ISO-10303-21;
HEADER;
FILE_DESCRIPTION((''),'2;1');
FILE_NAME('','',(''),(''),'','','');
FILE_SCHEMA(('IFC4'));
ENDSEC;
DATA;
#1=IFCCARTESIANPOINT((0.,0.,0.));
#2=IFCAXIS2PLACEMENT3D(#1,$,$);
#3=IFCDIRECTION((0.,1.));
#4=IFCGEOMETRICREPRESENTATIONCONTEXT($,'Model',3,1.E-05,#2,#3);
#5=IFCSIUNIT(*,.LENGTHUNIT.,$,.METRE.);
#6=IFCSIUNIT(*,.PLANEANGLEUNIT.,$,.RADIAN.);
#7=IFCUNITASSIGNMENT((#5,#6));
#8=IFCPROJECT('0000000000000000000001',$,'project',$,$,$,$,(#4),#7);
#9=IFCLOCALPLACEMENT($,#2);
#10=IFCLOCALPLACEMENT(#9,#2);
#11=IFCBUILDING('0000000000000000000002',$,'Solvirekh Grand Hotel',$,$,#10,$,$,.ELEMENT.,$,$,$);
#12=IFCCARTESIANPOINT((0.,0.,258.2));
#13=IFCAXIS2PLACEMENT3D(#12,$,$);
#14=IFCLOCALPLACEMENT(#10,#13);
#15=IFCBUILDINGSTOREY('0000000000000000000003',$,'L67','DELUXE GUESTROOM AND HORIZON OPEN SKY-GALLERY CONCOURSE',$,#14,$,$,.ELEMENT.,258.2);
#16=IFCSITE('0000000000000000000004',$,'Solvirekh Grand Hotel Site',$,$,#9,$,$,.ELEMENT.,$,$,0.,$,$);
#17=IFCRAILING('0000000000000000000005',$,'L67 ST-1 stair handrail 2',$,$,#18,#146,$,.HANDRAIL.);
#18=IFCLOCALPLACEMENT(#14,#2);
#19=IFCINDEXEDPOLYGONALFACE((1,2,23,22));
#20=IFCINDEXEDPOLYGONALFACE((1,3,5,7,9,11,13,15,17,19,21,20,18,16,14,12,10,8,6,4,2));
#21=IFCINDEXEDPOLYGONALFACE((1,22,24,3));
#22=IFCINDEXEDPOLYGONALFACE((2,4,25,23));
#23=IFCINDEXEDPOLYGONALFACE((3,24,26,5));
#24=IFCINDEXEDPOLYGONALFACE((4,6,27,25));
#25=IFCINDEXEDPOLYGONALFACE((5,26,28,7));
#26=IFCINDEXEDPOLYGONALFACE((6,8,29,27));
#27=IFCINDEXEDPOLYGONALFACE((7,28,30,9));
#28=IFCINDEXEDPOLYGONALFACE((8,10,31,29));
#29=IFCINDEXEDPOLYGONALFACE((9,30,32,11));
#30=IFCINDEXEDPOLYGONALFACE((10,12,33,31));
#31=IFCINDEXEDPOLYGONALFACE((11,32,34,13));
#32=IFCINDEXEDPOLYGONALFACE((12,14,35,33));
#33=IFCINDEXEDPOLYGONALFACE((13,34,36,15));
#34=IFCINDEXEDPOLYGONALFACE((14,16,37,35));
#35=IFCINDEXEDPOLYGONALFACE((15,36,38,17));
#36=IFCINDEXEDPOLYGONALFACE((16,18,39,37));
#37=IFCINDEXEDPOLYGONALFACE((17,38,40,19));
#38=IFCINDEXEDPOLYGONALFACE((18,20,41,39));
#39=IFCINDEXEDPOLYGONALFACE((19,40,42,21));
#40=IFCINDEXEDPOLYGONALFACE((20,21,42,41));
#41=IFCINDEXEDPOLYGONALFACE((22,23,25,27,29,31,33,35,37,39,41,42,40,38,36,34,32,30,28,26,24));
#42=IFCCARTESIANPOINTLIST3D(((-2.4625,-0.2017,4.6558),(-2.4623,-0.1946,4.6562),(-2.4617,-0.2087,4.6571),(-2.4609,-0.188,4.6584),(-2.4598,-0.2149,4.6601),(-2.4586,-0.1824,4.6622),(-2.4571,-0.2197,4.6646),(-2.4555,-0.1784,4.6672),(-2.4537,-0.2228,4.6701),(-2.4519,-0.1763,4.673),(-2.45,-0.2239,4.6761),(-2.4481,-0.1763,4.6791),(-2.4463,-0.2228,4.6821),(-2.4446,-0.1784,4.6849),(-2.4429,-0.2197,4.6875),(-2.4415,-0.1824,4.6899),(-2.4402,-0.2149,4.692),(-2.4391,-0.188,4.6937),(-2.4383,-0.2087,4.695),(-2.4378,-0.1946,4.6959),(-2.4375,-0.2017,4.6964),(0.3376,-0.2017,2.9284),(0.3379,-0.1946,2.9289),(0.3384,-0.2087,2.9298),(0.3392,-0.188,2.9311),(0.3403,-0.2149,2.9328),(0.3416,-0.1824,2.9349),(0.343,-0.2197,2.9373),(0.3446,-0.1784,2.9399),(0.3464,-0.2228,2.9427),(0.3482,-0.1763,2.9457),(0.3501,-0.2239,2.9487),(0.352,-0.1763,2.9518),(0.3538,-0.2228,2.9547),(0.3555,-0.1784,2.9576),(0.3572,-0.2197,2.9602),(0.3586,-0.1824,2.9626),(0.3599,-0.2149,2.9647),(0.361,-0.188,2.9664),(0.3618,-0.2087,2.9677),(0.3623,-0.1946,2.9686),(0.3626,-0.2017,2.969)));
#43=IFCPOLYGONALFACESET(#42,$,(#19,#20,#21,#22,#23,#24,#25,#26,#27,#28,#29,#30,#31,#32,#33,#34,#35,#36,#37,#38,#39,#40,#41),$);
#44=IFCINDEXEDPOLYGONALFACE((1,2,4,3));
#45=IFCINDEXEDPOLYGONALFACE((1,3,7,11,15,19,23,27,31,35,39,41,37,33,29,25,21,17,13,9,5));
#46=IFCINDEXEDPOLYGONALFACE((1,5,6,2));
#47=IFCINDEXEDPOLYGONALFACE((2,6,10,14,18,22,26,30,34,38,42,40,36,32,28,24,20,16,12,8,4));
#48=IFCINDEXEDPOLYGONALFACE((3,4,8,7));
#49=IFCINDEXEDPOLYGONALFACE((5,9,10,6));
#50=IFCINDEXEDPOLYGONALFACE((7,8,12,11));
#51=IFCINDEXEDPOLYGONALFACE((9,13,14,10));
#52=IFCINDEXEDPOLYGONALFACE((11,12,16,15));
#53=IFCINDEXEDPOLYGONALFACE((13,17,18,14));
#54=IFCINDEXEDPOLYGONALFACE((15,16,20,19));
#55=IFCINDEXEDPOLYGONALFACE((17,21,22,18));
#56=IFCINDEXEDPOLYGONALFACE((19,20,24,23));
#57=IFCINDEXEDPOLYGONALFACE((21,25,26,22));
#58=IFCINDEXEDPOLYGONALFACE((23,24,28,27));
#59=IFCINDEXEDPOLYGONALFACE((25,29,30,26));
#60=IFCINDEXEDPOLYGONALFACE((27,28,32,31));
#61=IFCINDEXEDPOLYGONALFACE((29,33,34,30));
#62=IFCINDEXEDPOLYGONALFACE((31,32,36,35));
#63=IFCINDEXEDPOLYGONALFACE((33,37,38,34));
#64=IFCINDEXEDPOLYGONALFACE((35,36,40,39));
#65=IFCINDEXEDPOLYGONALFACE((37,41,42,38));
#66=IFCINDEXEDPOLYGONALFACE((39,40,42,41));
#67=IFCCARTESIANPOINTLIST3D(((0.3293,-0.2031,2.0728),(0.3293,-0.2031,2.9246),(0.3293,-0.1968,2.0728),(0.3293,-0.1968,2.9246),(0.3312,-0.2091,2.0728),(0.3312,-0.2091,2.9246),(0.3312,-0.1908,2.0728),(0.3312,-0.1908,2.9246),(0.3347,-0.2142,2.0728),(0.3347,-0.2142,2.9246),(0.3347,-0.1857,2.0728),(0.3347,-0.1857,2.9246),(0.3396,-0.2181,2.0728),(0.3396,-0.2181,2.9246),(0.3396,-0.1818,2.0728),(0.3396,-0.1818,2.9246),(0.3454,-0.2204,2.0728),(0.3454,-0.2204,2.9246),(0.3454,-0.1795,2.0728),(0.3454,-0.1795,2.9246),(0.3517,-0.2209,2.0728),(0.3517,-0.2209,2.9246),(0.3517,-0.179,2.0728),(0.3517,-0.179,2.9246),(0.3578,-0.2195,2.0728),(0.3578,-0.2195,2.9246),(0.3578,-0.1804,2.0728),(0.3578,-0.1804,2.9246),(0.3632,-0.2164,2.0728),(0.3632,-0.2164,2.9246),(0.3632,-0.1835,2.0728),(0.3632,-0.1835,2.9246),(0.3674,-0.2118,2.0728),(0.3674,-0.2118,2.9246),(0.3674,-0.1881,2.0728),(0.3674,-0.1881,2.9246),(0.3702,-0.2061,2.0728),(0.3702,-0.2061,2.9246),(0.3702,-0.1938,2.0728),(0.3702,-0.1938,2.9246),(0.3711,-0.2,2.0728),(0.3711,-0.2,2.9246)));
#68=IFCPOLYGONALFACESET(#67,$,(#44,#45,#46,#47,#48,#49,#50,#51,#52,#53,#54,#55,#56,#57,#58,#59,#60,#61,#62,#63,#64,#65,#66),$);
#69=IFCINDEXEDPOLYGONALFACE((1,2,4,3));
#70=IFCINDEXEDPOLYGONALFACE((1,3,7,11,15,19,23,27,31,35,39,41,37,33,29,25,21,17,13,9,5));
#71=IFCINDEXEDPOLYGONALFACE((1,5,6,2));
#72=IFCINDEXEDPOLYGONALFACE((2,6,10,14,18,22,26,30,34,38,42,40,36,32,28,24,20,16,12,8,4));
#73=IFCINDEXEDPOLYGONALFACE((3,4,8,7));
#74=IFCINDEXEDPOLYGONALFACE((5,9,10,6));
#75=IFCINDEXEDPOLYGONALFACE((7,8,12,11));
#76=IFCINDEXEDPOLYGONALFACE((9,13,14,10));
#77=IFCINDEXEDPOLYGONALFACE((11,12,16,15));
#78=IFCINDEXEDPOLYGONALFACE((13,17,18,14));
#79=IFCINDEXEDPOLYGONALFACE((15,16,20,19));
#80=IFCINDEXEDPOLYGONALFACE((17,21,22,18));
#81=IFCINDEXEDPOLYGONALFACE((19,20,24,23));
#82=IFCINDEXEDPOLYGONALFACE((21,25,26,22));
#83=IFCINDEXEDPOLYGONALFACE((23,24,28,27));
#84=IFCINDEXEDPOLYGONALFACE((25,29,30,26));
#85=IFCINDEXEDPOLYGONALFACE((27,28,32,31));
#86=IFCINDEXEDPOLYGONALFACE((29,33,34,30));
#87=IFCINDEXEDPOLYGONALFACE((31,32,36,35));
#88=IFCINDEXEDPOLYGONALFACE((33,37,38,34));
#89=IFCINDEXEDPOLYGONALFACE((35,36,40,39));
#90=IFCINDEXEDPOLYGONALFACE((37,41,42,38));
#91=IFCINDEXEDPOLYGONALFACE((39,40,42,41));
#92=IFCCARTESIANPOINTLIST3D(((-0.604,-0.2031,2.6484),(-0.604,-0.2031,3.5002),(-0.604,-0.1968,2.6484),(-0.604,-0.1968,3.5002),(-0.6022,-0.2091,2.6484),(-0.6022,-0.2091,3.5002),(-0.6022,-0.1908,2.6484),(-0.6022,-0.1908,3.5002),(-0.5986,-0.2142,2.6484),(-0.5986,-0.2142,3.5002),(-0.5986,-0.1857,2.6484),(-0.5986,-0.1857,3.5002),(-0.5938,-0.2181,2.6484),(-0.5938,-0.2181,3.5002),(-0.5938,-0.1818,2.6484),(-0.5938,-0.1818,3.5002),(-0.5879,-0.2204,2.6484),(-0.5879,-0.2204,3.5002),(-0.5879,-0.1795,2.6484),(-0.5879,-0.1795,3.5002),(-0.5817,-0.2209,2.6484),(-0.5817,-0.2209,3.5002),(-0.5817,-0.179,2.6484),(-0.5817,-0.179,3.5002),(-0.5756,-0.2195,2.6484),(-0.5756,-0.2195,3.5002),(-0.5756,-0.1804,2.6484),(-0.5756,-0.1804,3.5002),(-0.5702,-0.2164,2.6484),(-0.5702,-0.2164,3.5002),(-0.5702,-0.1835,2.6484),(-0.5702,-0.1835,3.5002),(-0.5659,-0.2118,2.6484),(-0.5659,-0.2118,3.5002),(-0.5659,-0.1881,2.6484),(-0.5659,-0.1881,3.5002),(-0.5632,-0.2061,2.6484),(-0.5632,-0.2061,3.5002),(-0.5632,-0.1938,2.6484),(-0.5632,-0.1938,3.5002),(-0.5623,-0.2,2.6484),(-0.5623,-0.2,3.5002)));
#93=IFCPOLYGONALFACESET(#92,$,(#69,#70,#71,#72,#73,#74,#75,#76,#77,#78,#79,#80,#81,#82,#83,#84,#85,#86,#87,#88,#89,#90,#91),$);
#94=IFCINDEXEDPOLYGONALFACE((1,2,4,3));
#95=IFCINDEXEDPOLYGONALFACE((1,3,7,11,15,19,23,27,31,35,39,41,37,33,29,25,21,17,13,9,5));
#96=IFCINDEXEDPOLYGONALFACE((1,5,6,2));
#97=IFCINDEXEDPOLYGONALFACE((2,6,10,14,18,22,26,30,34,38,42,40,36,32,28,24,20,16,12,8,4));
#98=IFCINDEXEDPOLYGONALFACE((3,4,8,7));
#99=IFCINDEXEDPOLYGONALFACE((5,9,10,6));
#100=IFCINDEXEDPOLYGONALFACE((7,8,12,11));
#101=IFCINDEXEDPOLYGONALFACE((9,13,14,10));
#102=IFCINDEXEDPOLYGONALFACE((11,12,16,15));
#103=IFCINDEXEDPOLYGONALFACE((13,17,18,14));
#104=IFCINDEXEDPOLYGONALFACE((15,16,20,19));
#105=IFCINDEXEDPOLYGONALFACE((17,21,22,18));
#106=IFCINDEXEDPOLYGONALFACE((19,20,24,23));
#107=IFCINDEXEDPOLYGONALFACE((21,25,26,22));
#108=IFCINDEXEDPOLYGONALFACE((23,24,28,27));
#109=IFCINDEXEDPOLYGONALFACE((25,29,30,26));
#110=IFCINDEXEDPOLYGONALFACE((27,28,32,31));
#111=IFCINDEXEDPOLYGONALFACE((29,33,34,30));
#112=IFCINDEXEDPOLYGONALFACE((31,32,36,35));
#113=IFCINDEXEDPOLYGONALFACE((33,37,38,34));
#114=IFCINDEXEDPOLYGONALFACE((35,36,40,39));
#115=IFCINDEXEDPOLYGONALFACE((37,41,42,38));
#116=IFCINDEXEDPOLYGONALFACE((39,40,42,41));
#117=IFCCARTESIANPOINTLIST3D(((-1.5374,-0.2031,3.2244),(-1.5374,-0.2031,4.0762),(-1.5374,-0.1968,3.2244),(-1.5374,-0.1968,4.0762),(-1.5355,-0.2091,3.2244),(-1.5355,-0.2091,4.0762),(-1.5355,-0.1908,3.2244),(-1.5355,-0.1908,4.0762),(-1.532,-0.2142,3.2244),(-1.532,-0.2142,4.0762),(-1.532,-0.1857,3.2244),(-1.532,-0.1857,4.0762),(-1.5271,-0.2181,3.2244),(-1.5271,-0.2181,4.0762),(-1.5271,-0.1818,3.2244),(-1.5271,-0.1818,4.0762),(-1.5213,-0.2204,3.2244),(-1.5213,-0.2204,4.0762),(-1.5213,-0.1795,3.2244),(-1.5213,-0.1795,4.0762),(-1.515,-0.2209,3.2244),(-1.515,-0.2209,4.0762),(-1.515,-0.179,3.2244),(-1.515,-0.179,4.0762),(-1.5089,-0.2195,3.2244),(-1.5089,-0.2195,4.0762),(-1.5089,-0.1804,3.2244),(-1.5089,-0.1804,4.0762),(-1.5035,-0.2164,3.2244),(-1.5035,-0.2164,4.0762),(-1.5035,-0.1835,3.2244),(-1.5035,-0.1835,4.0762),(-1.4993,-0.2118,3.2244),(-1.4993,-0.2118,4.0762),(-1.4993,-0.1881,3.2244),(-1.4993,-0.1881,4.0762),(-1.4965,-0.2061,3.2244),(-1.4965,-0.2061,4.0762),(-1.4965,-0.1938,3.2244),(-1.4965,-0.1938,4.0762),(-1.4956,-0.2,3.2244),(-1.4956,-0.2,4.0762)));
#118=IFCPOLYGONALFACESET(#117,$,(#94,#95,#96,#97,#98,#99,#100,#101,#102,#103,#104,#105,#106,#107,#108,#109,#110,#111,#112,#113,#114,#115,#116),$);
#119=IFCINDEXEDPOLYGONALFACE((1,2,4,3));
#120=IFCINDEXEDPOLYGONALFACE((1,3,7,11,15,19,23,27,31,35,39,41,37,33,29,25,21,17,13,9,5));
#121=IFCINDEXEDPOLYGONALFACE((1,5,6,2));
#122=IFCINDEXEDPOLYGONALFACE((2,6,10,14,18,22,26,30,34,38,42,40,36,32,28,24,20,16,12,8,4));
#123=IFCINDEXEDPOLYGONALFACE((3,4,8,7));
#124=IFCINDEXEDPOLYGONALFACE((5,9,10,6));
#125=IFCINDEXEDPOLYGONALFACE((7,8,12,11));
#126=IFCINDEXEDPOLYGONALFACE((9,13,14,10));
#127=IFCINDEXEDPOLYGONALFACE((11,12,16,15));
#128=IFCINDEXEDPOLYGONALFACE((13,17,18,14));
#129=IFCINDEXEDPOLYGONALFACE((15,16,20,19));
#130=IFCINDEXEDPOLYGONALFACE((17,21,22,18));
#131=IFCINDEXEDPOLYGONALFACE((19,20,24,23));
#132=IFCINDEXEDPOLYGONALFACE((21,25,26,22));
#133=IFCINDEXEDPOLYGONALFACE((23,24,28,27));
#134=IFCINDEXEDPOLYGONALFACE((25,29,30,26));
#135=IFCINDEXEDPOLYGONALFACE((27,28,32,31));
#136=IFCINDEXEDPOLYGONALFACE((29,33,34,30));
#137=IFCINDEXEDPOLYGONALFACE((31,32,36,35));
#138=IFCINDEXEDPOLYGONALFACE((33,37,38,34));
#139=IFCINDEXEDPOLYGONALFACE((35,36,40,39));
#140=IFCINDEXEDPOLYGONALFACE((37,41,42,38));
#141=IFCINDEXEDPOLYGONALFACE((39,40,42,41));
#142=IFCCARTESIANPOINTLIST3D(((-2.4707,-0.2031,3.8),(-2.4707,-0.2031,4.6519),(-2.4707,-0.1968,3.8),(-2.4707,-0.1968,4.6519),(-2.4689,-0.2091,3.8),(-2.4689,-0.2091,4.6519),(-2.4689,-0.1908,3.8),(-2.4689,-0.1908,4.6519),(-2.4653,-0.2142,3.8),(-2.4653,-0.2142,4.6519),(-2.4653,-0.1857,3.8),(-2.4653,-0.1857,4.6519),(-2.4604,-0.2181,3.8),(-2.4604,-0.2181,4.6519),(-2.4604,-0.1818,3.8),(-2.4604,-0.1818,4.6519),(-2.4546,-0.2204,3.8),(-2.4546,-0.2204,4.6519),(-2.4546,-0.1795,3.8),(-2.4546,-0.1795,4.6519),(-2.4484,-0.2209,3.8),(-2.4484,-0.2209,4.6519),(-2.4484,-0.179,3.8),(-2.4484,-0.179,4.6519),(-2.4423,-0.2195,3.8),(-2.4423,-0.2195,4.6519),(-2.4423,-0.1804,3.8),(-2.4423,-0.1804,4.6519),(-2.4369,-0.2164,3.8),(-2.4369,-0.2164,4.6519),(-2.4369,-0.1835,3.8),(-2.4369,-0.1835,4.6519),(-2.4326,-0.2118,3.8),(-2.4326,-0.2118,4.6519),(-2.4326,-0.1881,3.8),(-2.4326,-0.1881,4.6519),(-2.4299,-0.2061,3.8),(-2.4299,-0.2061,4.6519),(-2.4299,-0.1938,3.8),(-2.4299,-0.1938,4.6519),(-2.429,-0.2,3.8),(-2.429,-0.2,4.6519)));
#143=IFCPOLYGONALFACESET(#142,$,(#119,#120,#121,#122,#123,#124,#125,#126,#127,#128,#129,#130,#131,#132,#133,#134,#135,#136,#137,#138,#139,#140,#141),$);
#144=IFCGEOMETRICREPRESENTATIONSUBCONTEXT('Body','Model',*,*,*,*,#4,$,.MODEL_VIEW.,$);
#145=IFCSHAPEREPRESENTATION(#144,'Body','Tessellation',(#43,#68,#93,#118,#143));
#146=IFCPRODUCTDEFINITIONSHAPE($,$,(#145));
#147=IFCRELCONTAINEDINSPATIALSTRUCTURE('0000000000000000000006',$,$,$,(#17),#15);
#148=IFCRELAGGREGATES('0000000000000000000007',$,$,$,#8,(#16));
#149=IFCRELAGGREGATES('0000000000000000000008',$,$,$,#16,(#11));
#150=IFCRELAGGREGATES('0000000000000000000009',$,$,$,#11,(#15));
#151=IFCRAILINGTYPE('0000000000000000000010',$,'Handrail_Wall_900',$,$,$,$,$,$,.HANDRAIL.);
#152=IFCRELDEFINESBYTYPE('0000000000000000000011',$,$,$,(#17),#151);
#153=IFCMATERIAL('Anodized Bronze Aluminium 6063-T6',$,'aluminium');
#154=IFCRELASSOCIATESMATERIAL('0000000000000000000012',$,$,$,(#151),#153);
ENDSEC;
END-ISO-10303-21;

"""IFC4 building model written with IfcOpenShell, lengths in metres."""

from ifc_helpers import new_model, si_unit, direction, frame, origin, origin_2d, place, context, subcontext, project, spatial, circle, extrude, material, type_object, element, save


model = new_model("IFC4")

# Units and contexts
model_context = context("Model", 3, precision=1e-05, world=origin(), true_north=direction((0.0, 1.0)))
body_context = subcontext(model_context, "Body", "Model", "MODEL_VIEW")
ifc_project = project(units=[si_unit("LENGTHUNIT", "METRE"), si_unit("PLANEANGLEUNIT", "RADIAN")], contexts=[model_context])

# Site, building, storey
site_placement = place(None, origin())
site = spatial("IfcSite", under=ifc_project, at=site_placement, Name="Solvirekh Grand Hotel Site", CompositionType="ELEMENT", RefElevation=0.0)
building_placement = place(site_placement, origin())
building = spatial("IfcBuilding", under=site, at=building_placement, Name="Solvirekh Grand Hotel", CompositionType="ELEMENT")
storey_placement = place(building_placement, frame((0.0, 0.0, 258.2)))
storey = spatial("IfcBuildingStorey", under=building, at=storey_placement, Name="L67", Description="DELUXE GUESTROOM AND HORIZON OPEN SKY-GALLERY CONCOURSE", CompositionType="ELEMENT", Elevation=258.2)

# Railing
ifc_material_1 = material(Name="Anodized Bronze Aluminium 6063-T6", Category="aluminium")
railing_type_1 = type_object("IfcRailingType", Name="Handrail_Wall_900", PredefinedType="HANDRAIL", material=ifc_material_1)
railing_1_placement = place(storey_placement, frame((0.3501, -0.2, 2.0728)))
element("IfcRailing", 1, at=railing_1_placement, inside=storey, type_object=railing_type_1, Name="L67 ST-1 stair handrail 2", PredefinedType="HANDRAIL", context=body_context, shape_type="SweptSolid", body=[
    extrude(circle(Radius=0.0239, at=origin_2d()), frame((0.0, 0.0, 0.876), z_axis=(-0.85109, 0.0, 0.52502), x_axis=(0.0, -1.0, 0.0)), (0.0, 0.0, 1.0), 3.29),
    extrude(circle(Radius=0.021, at=origin_2d()), origin(), (0.0, 0.0, 1.0), 0.8518),
    extrude(circle(Radius=0.021, at=origin_2d()), frame((-0.9333, 0.0, 0.5757)), (0.0, 0.0, 1.0), 0.8518),
    extrude(circle(Radius=0.021, at=origin_2d()), frame((-1.8667, 0.0, 1.1516)), (0.0, 0.0, 1.0), 0.8518),
    extrude(circle(Radius=0.021, at=origin_2d()), frame((-2.8, 0.0, 1.7273)), (0.0, 0.0, 1.0), 0.8518),
])

save(model, "model.ifc")
